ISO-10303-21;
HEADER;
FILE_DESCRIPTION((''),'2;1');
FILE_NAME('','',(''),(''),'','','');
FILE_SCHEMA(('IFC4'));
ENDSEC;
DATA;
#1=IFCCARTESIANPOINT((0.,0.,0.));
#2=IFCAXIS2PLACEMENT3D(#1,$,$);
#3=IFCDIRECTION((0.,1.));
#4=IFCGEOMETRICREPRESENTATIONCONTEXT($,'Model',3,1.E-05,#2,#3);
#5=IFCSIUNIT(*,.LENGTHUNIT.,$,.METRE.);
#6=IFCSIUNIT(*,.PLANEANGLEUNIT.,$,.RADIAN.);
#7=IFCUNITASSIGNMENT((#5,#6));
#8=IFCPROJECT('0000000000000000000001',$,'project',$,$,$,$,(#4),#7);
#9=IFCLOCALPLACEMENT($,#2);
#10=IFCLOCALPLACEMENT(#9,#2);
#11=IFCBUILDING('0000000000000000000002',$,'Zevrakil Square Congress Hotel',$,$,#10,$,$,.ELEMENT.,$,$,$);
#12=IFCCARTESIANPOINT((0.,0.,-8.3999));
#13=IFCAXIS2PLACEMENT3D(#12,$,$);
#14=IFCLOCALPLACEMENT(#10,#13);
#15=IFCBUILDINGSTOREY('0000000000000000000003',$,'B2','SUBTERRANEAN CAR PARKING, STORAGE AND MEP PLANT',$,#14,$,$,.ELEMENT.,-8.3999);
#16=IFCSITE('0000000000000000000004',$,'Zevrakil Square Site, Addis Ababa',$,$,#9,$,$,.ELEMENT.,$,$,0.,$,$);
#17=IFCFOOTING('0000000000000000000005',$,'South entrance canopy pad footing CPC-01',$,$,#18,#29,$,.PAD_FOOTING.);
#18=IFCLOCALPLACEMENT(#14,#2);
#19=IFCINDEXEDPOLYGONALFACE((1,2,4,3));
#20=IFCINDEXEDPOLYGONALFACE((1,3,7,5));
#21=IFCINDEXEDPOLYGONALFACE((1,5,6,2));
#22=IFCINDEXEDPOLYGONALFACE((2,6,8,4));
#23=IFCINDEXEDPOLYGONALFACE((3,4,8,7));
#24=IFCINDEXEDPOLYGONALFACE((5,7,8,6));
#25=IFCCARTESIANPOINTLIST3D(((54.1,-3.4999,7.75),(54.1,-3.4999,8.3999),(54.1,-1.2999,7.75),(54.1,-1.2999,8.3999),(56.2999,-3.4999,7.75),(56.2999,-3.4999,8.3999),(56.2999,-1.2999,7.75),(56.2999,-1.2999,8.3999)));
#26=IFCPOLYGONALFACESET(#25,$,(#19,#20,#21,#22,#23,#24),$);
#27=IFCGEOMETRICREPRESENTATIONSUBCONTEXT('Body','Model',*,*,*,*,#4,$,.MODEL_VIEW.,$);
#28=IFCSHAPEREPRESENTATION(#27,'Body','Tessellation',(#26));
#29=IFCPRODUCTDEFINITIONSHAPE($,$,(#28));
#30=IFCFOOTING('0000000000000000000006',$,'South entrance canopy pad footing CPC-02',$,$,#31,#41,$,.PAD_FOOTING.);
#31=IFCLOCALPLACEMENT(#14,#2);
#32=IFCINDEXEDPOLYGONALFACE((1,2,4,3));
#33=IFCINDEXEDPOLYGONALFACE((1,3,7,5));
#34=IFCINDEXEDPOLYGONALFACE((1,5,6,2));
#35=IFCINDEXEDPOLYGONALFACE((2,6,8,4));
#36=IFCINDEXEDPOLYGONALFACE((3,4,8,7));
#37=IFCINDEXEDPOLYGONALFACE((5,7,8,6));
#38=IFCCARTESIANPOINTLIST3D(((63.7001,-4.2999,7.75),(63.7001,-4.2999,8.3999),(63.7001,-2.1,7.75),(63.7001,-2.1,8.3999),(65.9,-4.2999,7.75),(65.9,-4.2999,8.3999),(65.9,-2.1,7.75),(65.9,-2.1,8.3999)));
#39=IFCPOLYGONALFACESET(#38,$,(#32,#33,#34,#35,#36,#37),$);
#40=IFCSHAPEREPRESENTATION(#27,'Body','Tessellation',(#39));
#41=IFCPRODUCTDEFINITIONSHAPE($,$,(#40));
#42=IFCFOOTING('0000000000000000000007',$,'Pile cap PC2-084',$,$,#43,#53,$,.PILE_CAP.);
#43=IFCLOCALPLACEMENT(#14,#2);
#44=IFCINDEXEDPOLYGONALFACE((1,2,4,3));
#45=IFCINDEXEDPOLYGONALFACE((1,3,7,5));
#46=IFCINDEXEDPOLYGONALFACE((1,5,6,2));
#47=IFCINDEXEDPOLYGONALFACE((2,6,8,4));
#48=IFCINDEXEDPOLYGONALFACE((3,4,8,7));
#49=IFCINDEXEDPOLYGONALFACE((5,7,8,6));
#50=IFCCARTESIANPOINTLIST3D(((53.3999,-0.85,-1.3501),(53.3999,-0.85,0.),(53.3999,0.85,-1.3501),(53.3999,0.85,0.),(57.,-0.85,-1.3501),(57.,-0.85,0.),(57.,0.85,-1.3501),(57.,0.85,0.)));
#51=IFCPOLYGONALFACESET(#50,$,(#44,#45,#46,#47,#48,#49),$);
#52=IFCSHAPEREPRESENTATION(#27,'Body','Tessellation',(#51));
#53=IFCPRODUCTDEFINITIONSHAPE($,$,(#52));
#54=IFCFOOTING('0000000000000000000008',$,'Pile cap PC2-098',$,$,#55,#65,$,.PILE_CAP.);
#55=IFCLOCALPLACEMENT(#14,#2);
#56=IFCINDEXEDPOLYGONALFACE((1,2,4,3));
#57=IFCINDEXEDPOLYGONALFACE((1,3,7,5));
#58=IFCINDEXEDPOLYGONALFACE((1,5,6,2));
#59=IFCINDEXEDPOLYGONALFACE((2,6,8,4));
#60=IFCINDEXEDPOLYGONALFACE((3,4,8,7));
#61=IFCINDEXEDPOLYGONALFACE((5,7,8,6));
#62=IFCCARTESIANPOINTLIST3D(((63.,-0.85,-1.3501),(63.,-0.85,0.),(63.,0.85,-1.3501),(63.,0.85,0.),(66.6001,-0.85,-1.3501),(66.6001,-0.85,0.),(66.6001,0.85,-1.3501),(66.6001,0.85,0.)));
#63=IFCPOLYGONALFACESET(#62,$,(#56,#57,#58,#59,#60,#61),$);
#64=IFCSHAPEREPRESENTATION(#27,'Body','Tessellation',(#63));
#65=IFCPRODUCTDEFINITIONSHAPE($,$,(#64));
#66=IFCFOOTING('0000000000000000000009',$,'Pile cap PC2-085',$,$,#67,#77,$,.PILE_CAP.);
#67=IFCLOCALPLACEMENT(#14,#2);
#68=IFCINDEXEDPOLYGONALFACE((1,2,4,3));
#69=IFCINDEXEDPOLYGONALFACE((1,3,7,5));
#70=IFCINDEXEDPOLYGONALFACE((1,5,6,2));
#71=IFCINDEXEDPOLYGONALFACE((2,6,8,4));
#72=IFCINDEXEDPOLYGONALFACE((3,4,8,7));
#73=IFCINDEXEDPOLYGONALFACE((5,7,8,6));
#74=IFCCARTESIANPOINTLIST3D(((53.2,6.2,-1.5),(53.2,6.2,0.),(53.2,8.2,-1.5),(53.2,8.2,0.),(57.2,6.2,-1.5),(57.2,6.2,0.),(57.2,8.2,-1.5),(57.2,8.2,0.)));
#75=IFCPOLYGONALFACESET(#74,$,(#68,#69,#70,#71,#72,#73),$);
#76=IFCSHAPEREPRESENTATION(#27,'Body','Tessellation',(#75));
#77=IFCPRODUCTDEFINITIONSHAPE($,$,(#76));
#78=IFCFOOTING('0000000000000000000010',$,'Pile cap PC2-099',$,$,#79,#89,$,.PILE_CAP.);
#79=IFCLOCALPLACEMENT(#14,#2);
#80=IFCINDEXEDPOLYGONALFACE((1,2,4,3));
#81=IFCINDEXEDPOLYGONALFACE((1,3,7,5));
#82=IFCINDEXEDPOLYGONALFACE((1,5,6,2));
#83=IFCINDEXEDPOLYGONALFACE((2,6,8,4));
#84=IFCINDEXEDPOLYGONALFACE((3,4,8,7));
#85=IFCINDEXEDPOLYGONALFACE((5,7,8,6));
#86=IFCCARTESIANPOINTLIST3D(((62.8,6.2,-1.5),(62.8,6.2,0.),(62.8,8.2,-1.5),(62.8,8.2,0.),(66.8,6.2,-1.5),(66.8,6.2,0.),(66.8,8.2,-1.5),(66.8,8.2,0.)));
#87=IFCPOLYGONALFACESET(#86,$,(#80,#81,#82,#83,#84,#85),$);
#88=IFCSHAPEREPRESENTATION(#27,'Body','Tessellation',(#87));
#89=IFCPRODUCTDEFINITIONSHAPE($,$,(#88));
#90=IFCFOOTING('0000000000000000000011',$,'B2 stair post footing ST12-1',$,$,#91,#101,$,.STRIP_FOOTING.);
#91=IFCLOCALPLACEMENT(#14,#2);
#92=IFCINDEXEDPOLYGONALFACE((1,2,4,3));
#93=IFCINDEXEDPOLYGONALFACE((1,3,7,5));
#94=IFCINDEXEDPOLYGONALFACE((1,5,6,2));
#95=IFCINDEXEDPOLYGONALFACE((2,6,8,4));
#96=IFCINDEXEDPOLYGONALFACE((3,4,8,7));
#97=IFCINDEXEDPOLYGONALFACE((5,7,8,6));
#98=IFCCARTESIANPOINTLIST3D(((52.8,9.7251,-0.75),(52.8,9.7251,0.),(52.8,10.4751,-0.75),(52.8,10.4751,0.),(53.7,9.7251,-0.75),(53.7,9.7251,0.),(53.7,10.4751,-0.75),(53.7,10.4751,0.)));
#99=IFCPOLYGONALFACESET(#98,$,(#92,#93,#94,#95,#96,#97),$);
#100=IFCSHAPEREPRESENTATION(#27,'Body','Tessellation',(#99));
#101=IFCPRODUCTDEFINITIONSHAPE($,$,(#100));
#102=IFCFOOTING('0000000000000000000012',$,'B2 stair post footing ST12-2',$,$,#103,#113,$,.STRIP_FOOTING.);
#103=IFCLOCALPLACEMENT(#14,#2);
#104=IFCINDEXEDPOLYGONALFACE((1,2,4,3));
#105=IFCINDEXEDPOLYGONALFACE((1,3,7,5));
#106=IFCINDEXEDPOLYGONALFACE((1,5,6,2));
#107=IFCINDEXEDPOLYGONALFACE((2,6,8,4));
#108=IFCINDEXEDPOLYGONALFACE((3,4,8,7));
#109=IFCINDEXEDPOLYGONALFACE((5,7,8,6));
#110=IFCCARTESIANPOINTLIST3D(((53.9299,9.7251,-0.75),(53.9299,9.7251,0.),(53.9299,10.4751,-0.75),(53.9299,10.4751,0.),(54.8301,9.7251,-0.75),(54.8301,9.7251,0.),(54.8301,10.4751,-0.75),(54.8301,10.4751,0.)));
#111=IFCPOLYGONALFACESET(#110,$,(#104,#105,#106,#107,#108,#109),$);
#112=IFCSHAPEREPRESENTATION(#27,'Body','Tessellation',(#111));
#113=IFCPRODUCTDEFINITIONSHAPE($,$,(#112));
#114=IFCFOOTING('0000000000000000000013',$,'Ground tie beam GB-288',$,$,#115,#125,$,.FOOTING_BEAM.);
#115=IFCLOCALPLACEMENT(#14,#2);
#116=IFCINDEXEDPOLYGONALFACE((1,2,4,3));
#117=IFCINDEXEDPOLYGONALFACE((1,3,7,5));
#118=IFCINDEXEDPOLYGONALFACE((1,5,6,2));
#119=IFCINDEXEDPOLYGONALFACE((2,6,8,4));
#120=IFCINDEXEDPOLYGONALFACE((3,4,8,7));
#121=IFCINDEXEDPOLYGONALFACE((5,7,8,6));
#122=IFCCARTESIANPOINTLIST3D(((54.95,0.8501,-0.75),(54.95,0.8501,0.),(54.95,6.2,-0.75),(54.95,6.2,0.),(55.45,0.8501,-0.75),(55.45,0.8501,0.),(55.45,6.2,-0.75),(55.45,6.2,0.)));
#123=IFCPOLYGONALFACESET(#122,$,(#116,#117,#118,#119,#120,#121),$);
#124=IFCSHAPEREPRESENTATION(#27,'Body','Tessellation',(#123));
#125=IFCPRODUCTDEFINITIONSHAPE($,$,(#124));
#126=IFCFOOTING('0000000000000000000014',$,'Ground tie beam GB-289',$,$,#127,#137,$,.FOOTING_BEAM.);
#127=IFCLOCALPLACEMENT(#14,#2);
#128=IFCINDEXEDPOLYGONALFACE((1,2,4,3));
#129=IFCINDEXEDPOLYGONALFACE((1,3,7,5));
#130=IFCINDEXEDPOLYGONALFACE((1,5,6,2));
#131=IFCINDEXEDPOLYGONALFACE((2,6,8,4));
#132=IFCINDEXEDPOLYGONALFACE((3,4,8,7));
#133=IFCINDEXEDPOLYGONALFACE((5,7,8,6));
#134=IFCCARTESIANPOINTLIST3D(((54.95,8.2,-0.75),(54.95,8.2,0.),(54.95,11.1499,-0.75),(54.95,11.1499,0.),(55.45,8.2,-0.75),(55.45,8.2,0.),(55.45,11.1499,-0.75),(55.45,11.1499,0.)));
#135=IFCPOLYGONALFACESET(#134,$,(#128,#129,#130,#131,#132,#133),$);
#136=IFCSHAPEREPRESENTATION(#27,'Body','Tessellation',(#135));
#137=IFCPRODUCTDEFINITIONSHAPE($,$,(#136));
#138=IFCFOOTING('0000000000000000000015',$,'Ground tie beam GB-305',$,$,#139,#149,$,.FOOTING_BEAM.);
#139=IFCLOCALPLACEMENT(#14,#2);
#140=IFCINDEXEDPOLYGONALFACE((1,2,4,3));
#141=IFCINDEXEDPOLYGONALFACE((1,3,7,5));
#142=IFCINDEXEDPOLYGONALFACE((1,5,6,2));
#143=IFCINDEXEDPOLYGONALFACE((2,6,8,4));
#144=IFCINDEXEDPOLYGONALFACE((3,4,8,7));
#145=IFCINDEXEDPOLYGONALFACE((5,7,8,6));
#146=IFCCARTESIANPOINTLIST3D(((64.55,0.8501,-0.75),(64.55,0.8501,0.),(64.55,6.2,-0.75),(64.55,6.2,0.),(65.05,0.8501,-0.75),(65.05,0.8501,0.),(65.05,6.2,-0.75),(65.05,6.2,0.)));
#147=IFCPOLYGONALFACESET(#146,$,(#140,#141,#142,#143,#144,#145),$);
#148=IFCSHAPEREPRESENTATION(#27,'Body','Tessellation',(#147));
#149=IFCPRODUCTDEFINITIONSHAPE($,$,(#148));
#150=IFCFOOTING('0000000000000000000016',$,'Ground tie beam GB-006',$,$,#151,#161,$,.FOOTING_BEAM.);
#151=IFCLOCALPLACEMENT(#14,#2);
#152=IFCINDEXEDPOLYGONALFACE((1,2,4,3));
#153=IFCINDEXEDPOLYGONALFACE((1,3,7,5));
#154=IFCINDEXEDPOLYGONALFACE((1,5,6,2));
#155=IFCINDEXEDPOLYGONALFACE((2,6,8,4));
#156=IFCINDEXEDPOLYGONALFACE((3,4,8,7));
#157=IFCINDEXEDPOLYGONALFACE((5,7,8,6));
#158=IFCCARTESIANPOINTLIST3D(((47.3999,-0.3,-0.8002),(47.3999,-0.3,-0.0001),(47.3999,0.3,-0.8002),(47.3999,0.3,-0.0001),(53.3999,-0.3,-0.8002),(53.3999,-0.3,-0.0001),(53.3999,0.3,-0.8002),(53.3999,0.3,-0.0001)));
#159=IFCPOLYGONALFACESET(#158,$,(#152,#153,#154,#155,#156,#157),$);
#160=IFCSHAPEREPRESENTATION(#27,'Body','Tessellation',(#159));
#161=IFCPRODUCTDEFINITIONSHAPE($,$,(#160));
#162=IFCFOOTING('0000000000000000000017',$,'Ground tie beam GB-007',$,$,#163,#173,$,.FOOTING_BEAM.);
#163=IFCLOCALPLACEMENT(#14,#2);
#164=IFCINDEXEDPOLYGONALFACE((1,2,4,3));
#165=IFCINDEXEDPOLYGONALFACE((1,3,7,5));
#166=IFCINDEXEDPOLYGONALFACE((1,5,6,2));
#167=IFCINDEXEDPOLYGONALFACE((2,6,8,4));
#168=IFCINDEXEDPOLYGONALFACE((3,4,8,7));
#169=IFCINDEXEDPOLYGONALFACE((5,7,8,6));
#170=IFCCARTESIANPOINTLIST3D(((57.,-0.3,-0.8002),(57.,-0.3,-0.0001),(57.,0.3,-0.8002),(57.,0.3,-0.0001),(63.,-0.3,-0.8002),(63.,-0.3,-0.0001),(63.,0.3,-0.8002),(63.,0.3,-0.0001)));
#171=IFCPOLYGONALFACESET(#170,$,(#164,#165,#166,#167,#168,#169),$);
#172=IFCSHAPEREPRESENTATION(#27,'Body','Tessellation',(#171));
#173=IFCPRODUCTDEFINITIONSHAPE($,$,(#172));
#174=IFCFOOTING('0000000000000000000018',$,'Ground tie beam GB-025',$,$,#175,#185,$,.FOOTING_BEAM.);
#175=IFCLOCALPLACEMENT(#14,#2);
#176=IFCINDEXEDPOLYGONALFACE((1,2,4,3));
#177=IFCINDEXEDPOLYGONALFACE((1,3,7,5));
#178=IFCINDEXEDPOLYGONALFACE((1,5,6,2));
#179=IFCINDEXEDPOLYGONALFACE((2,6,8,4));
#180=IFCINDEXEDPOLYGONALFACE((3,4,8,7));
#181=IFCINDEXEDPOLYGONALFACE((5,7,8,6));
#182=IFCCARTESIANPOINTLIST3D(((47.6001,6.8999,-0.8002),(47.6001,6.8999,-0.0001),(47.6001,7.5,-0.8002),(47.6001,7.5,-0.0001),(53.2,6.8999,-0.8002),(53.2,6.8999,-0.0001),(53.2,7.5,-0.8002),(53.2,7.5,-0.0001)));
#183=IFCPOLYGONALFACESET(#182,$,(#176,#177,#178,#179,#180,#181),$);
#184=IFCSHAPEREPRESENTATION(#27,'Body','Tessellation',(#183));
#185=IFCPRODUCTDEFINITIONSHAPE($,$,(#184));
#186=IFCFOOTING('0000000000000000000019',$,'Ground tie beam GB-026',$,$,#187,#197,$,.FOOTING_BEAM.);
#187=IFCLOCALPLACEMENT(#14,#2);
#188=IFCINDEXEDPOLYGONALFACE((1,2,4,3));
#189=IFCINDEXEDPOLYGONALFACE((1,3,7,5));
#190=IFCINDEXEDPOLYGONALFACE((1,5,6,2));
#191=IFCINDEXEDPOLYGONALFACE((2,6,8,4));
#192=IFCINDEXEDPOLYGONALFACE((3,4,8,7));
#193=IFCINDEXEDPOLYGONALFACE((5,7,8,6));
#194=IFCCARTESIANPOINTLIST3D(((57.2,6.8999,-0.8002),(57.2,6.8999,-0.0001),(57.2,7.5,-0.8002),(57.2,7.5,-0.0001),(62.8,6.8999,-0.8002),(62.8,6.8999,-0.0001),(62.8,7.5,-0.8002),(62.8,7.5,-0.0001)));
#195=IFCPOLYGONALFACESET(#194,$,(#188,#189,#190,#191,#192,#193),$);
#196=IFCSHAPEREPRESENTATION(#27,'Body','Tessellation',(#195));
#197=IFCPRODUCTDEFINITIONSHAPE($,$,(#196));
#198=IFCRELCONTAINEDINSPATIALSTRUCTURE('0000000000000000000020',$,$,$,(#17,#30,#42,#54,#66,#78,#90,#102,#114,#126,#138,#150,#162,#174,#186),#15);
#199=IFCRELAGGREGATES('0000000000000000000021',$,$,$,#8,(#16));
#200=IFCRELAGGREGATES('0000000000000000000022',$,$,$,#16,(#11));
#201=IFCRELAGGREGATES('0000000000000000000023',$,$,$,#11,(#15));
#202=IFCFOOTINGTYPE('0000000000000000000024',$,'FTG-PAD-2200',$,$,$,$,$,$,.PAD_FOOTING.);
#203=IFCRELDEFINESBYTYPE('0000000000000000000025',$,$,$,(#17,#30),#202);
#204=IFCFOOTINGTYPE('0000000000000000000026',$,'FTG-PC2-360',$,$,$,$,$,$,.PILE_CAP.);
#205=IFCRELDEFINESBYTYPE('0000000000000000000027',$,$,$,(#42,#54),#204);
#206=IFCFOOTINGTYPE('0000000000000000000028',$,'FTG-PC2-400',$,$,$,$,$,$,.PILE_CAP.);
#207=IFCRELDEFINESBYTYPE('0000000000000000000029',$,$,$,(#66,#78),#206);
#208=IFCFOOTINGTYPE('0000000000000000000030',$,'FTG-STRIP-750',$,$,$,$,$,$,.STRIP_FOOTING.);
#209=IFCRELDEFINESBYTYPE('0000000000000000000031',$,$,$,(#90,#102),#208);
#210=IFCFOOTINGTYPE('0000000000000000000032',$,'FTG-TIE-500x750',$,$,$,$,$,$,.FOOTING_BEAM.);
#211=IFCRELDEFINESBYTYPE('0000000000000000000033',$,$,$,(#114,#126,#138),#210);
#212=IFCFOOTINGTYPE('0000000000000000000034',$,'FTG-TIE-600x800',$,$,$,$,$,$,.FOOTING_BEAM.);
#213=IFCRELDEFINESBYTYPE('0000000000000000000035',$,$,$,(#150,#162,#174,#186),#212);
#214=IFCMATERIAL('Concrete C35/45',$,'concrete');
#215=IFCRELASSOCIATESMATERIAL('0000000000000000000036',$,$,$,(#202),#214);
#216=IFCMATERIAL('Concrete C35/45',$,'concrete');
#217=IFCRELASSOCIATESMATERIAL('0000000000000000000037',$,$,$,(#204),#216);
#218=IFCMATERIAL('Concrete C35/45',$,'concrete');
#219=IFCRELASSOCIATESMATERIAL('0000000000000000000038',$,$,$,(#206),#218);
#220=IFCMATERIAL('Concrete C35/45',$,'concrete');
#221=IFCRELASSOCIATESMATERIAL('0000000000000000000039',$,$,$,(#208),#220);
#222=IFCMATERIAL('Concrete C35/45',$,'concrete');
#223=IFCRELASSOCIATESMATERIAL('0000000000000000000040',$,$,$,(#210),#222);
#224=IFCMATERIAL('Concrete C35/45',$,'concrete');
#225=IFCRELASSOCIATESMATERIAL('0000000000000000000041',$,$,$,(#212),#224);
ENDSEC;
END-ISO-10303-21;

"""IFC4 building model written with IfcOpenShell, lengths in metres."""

from ifc_helpers import new_model, si_unit, direction, frame, origin, origin_2d, place, context, subcontext, project, spatial, rectangle, extrude, material, material_profile, profile_set, type_object, element, save


model = new_model("IFC4")

# Units and contexts
model_context = context("Model", 3, precision=1e-05, world=origin(), true_north=direction((0.0, 1.0)))
body_context = subcontext(model_context, "Body", "Model", "MODEL_VIEW")
ifc_project = project(units=[si_unit("LENGTHUNIT", "METRE"), si_unit("PLANEANGLEUNIT", "RADIAN")], contexts=[model_context])

# Site, building, storey
site_placement = place(None, origin())
site = spatial("IfcSite", under=ifc_project, at=site_placement, Name="Zevrakil Square Site, Addis Ababa", CompositionType="ELEMENT", RefElevation=0.0)
building_placement = place(site_placement, origin())
building = spatial("IfcBuilding", under=site, at=building_placement, Name="Zevrakil Square Congress Hotel", CompositionType="ELEMENT")
storey_placement = place(building_placement, frame((0.0, 0.0, -8.3999)))
storey = spatial("IfcBuildingStorey", under=building, at=storey_placement, Name="B2", Description="SUBTERRANEAN CAR PARKING, STORAGE AND MEP PLANT", CompositionType="ELEMENT", Elevation=-8.3999)

# Footings
ifc_material_1 = material(Name="Concrete C35/45", Category="concrete")
footing_type_1 = type_object("IfcFootingType", Name="FTG-PAD-2200", PredefinedType="PAD_FOOTING", material=ifc_material_1)
for number, where, z_axis, x_axis, name in (
    (1, (55.2, -2.3999, 7.75), (0.0, 0.0, 1.0), (1.0, 0.0, 0.0), "South entrance canopy pad footing CPC-01"),
    (2, (64.8, -3.2, 7.75), (0.0, 0.0, 1.0), (1.0, 0.0, 0.0), "South entrance canopy pad footing CPC-02"),
):
    element("IfcFooting", number, at=place(storey_placement, frame(where, z_axis=z_axis, x_axis=x_axis)), inside=storey, type_object=footing_type_1, Name=name, PredefinedType="PAD_FOOTING", context=body_context, shape_type="SweptSolid", body=[
        extrude(rectangle(XDim=2.2, YDim=2.2, at=origin_2d()), origin(), (0.0, 0.0, 1.0), 0.6499),
    ])
ifc_material_2 = material(Name="Concrete C35/45", Category="concrete")
footing_type_2 = type_object("IfcFootingType", Name="FTG-PC2-360", PredefinedType="PILE_CAP", material=ifc_material_2)
for number, where, z_axis, x_axis, name in (
    (3, (55.2, 0.0, -1.3501), (0.0, 0.0, 1.0), (1.0, 0.0, 0.0), "Pile cap PC2-084"),
    (4, (64.8, 0.0, -1.3501), (0.0, 0.0, 1.0), (1.0, 0.0, 0.0), "Pile cap PC2-098"),
):
    element("IfcFooting", number, at=place(storey_placement, frame(where, z_axis=z_axis, x_axis=x_axis)), inside=storey, type_object=footing_type_2, Name=name, PredefinedType="PILE_CAP", context=body_context, shape_type="SweptSolid", body=[
        extrude(rectangle(XDim=3.6001, YDim=1.7, at=origin_2d()), origin(), (0.0, 0.0, 1.0), 1.3501),
    ])
ifc_material_3 = material(Name="Concrete C35/45", Category="concrete")
footing_type_3 = type_object("IfcFootingType", Name="FTG-PC2-400", PredefinedType="PILE_CAP", material=ifc_material_3)
for number, where, z_axis, x_axis, name in (
    (5, (55.2, 7.2, -1.5), (0.0, 0.0, 1.0), (1.0, 0.0, 0.0), "Pile cap PC2-085"),
    (6, (64.8, 7.2, -1.5), (0.0, 0.0, 1.0), (1.0, 0.0, 0.0), "Pile cap PC2-099"),
):
    element("IfcFooting", number, at=place(storey_placement, frame(where, z_axis=z_axis, x_axis=x_axis)), inside=storey, type_object=footing_type_3, Name=name, PredefinedType="PILE_CAP", context=body_context, shape_type="SweptSolid", body=[
        extrude(rectangle(XDim=4.0, YDim=2.0, at=origin_2d()), origin(), (0.0, 0.0, 1.0), 1.5),
    ])
ifc_material_4 = material(Name="Concrete C35/45", Category="concrete")
ifc_material_profile_1 = material_profile(ifc_material_4, rectangle(XDim=0.75, YDim=0.75, at=origin_2d()), Name="RC 750x750")
ifc_profile_set_1 = profile_set([ifc_material_profile_1], Name="Concrete C35/45")
footing_type_4 = type_object("IfcFootingType", Name="FTG-STRIP-750", PredefinedType="STRIP_FOOTING", material=ifc_profile_set_1)
footing_1_placement = place(storey_placement, frame((52.8, 10.1001, -0.375), z_axis=(1.0, 0.0, 0.0), x_axis=(0.0, 1.0, 0.0)))
element("IfcFooting", 7, at=footing_1_placement, inside=storey, type_object=footing_type_4, Name="B2 stair post footing ST12-1", PredefinedType="STRIP_FOOTING", context=body_context, shape_type="SweptSolid", body=[
    extrude(rectangle(XDim=0.75, YDim=0.75, at=origin_2d()), origin(), (0.0, 0.0, 1.0), 0.8999),
])
footing_2_placement = place(storey_placement, frame((53.9299, 10.1001, -0.375), z_axis=(1.0, 0.0, 0.0), x_axis=(0.0, 1.0, 0.0)))
element("IfcFooting", 8, at=footing_2_placement, inside=storey, type_object=footing_type_4, Name="B2 stair post footing ST12-2", PredefinedType="STRIP_FOOTING", context=body_context, shape_type="SweptSolid", body=[
    extrude(rectangle(XDim=0.75, YDim=0.75, at=origin_2d()), origin(), (0.0, 0.0, 1.0), 0.9001),
])
ifc_material_5 = material(Name="Concrete C35/45", Category="concrete")
ifc_material_profile_2 = material_profile(ifc_material_5, rectangle(XDim=0.5, YDim=0.75, at=origin_2d()), Name="RC 500x750")
ifc_profile_set_2 = profile_set([ifc_material_profile_2], Name="Concrete C35/45")
footing_type_5 = type_object("IfcFootingType", Name="FTG-TIE-500x750", PredefinedType="FOOTING_BEAM", material=ifc_profile_set_2)
footing_3_placement = place(storey_placement, frame((55.2, 0.8501, -0.375), z_axis=(0.0, 1.0, 0.0), x_axis=(-1.0, 0.0, 0.0)))
element("IfcFooting", 9, at=footing_3_placement, inside=storey, type_object=footing_type_5, Name="Ground tie beam GB-288", PredefinedType="FOOTING_BEAM", context=body_context, shape_type="SweptSolid", body=[
    extrude(rectangle(XDim=0.5, YDim=0.75, at=origin_2d()), origin(), (0.0, 0.0, 1.0), 5.3499),
])
footing_4_placement = place(storey_placement, frame((55.2, 8.2, -0.375), z_axis=(0.0, 1.0, 0.0), x_axis=(-1.0, 0.0, 0.0)))
element("IfcFooting", 10, at=footing_4_placement, inside=storey, type_object=footing_type_5, Name="Ground tie beam GB-289", PredefinedType="FOOTING_BEAM", context=body_context, shape_type="SweptSolid", body=[
    extrude(rectangle(XDim=0.5, YDim=0.75, at=origin_2d()), origin(), (0.0, 0.0, 1.0), 2.95),
])
footing_5_placement = place(storey_placement, frame((64.8, 0.8501, -0.375), z_axis=(0.0, 1.0, 0.0), x_axis=(-1.0, 0.0, 0.0)))
element("IfcFooting", 11, at=footing_5_placement, inside=storey, type_object=footing_type_5, Name="Ground tie beam GB-305", PredefinedType="FOOTING_BEAM", context=body_context, shape_type="SweptSolid", body=[
    extrude(rectangle(XDim=0.5, YDim=0.75, at=origin_2d()), origin(), (0.0, 0.0, 1.0), 5.3499),
])
ifc_material_6 = material(Name="Concrete C35/45", Category="concrete")
ifc_material_profile_3 = material_profile(ifc_material_6, rectangle(XDim=0.6001, YDim=0.8, at=origin_2d()), Name="RC 600x800")
ifc_profile_set_3 = profile_set([ifc_material_profile_3], Name="Concrete C35/45")
footing_type_6 = type_object("IfcFootingType", Name="FTG-TIE-600x800", PredefinedType="FOOTING_BEAM", material=ifc_profile_set_3)
for number, where, z_axis, x_axis, name in (
    (12, (47.3999, 0.0, -0.4001), (1.0, 0.0, 0.0), (0.0, 1.0, 0.0), "Ground tie beam GB-006"),
    (13, (57.0, 0.0, -0.4001), (1.0, 0.0, 0.0), (0.0, 1.0, 0.0), "Ground tie beam GB-007"),
):
    element("IfcFooting", number, at=place(storey_placement, frame(where, z_axis=z_axis, x_axis=x_axis)), inside=storey, type_object=footing_type_6, Name=name, PredefinedType="FOOTING_BEAM", context=body_context, shape_type="SweptSolid", body=[
        extrude(rectangle(XDim=0.6001, YDim=0.8, at=origin_2d()), origin(), (0.0, 0.0, 1.0), 6.0),
    ])
footing_6_placement = place(storey_placement, frame((47.6001, 7.2, -0.4001), z_axis=(1.0, 0.0, 0.0), x_axis=(0.0, 1.0, 0.0)))
element("IfcFooting", 14, at=footing_6_placement, inside=storey, type_object=footing_type_6, Name="Ground tie beam GB-025", PredefinedType="FOOTING_BEAM", context=body_context, shape_type="SweptSolid", body=[
    extrude(rectangle(XDim=0.6001, YDim=0.8, at=origin_2d()), origin(), (0.0, 0.0, 1.0), 5.5999),
])
footing_7_placement = place(storey_placement, frame((57.2, 7.2, -0.4001), z_axis=(1.0, 0.0, 0.0), x_axis=(0.0, 1.0, 0.0)))
element("IfcFooting", 15, at=footing_7_placement, inside=storey, type_object=footing_type_6, Name="Ground tie beam GB-026", PredefinedType="FOOTING_BEAM", context=body_context, shape_type="SweptSolid", body=[
    extrude(rectangle(XDim=0.6001, YDim=0.8, at=origin_2d()), origin(), (0.0, 0.0, 1.0), 5.6001),
])

save(model, "model.ifc")
